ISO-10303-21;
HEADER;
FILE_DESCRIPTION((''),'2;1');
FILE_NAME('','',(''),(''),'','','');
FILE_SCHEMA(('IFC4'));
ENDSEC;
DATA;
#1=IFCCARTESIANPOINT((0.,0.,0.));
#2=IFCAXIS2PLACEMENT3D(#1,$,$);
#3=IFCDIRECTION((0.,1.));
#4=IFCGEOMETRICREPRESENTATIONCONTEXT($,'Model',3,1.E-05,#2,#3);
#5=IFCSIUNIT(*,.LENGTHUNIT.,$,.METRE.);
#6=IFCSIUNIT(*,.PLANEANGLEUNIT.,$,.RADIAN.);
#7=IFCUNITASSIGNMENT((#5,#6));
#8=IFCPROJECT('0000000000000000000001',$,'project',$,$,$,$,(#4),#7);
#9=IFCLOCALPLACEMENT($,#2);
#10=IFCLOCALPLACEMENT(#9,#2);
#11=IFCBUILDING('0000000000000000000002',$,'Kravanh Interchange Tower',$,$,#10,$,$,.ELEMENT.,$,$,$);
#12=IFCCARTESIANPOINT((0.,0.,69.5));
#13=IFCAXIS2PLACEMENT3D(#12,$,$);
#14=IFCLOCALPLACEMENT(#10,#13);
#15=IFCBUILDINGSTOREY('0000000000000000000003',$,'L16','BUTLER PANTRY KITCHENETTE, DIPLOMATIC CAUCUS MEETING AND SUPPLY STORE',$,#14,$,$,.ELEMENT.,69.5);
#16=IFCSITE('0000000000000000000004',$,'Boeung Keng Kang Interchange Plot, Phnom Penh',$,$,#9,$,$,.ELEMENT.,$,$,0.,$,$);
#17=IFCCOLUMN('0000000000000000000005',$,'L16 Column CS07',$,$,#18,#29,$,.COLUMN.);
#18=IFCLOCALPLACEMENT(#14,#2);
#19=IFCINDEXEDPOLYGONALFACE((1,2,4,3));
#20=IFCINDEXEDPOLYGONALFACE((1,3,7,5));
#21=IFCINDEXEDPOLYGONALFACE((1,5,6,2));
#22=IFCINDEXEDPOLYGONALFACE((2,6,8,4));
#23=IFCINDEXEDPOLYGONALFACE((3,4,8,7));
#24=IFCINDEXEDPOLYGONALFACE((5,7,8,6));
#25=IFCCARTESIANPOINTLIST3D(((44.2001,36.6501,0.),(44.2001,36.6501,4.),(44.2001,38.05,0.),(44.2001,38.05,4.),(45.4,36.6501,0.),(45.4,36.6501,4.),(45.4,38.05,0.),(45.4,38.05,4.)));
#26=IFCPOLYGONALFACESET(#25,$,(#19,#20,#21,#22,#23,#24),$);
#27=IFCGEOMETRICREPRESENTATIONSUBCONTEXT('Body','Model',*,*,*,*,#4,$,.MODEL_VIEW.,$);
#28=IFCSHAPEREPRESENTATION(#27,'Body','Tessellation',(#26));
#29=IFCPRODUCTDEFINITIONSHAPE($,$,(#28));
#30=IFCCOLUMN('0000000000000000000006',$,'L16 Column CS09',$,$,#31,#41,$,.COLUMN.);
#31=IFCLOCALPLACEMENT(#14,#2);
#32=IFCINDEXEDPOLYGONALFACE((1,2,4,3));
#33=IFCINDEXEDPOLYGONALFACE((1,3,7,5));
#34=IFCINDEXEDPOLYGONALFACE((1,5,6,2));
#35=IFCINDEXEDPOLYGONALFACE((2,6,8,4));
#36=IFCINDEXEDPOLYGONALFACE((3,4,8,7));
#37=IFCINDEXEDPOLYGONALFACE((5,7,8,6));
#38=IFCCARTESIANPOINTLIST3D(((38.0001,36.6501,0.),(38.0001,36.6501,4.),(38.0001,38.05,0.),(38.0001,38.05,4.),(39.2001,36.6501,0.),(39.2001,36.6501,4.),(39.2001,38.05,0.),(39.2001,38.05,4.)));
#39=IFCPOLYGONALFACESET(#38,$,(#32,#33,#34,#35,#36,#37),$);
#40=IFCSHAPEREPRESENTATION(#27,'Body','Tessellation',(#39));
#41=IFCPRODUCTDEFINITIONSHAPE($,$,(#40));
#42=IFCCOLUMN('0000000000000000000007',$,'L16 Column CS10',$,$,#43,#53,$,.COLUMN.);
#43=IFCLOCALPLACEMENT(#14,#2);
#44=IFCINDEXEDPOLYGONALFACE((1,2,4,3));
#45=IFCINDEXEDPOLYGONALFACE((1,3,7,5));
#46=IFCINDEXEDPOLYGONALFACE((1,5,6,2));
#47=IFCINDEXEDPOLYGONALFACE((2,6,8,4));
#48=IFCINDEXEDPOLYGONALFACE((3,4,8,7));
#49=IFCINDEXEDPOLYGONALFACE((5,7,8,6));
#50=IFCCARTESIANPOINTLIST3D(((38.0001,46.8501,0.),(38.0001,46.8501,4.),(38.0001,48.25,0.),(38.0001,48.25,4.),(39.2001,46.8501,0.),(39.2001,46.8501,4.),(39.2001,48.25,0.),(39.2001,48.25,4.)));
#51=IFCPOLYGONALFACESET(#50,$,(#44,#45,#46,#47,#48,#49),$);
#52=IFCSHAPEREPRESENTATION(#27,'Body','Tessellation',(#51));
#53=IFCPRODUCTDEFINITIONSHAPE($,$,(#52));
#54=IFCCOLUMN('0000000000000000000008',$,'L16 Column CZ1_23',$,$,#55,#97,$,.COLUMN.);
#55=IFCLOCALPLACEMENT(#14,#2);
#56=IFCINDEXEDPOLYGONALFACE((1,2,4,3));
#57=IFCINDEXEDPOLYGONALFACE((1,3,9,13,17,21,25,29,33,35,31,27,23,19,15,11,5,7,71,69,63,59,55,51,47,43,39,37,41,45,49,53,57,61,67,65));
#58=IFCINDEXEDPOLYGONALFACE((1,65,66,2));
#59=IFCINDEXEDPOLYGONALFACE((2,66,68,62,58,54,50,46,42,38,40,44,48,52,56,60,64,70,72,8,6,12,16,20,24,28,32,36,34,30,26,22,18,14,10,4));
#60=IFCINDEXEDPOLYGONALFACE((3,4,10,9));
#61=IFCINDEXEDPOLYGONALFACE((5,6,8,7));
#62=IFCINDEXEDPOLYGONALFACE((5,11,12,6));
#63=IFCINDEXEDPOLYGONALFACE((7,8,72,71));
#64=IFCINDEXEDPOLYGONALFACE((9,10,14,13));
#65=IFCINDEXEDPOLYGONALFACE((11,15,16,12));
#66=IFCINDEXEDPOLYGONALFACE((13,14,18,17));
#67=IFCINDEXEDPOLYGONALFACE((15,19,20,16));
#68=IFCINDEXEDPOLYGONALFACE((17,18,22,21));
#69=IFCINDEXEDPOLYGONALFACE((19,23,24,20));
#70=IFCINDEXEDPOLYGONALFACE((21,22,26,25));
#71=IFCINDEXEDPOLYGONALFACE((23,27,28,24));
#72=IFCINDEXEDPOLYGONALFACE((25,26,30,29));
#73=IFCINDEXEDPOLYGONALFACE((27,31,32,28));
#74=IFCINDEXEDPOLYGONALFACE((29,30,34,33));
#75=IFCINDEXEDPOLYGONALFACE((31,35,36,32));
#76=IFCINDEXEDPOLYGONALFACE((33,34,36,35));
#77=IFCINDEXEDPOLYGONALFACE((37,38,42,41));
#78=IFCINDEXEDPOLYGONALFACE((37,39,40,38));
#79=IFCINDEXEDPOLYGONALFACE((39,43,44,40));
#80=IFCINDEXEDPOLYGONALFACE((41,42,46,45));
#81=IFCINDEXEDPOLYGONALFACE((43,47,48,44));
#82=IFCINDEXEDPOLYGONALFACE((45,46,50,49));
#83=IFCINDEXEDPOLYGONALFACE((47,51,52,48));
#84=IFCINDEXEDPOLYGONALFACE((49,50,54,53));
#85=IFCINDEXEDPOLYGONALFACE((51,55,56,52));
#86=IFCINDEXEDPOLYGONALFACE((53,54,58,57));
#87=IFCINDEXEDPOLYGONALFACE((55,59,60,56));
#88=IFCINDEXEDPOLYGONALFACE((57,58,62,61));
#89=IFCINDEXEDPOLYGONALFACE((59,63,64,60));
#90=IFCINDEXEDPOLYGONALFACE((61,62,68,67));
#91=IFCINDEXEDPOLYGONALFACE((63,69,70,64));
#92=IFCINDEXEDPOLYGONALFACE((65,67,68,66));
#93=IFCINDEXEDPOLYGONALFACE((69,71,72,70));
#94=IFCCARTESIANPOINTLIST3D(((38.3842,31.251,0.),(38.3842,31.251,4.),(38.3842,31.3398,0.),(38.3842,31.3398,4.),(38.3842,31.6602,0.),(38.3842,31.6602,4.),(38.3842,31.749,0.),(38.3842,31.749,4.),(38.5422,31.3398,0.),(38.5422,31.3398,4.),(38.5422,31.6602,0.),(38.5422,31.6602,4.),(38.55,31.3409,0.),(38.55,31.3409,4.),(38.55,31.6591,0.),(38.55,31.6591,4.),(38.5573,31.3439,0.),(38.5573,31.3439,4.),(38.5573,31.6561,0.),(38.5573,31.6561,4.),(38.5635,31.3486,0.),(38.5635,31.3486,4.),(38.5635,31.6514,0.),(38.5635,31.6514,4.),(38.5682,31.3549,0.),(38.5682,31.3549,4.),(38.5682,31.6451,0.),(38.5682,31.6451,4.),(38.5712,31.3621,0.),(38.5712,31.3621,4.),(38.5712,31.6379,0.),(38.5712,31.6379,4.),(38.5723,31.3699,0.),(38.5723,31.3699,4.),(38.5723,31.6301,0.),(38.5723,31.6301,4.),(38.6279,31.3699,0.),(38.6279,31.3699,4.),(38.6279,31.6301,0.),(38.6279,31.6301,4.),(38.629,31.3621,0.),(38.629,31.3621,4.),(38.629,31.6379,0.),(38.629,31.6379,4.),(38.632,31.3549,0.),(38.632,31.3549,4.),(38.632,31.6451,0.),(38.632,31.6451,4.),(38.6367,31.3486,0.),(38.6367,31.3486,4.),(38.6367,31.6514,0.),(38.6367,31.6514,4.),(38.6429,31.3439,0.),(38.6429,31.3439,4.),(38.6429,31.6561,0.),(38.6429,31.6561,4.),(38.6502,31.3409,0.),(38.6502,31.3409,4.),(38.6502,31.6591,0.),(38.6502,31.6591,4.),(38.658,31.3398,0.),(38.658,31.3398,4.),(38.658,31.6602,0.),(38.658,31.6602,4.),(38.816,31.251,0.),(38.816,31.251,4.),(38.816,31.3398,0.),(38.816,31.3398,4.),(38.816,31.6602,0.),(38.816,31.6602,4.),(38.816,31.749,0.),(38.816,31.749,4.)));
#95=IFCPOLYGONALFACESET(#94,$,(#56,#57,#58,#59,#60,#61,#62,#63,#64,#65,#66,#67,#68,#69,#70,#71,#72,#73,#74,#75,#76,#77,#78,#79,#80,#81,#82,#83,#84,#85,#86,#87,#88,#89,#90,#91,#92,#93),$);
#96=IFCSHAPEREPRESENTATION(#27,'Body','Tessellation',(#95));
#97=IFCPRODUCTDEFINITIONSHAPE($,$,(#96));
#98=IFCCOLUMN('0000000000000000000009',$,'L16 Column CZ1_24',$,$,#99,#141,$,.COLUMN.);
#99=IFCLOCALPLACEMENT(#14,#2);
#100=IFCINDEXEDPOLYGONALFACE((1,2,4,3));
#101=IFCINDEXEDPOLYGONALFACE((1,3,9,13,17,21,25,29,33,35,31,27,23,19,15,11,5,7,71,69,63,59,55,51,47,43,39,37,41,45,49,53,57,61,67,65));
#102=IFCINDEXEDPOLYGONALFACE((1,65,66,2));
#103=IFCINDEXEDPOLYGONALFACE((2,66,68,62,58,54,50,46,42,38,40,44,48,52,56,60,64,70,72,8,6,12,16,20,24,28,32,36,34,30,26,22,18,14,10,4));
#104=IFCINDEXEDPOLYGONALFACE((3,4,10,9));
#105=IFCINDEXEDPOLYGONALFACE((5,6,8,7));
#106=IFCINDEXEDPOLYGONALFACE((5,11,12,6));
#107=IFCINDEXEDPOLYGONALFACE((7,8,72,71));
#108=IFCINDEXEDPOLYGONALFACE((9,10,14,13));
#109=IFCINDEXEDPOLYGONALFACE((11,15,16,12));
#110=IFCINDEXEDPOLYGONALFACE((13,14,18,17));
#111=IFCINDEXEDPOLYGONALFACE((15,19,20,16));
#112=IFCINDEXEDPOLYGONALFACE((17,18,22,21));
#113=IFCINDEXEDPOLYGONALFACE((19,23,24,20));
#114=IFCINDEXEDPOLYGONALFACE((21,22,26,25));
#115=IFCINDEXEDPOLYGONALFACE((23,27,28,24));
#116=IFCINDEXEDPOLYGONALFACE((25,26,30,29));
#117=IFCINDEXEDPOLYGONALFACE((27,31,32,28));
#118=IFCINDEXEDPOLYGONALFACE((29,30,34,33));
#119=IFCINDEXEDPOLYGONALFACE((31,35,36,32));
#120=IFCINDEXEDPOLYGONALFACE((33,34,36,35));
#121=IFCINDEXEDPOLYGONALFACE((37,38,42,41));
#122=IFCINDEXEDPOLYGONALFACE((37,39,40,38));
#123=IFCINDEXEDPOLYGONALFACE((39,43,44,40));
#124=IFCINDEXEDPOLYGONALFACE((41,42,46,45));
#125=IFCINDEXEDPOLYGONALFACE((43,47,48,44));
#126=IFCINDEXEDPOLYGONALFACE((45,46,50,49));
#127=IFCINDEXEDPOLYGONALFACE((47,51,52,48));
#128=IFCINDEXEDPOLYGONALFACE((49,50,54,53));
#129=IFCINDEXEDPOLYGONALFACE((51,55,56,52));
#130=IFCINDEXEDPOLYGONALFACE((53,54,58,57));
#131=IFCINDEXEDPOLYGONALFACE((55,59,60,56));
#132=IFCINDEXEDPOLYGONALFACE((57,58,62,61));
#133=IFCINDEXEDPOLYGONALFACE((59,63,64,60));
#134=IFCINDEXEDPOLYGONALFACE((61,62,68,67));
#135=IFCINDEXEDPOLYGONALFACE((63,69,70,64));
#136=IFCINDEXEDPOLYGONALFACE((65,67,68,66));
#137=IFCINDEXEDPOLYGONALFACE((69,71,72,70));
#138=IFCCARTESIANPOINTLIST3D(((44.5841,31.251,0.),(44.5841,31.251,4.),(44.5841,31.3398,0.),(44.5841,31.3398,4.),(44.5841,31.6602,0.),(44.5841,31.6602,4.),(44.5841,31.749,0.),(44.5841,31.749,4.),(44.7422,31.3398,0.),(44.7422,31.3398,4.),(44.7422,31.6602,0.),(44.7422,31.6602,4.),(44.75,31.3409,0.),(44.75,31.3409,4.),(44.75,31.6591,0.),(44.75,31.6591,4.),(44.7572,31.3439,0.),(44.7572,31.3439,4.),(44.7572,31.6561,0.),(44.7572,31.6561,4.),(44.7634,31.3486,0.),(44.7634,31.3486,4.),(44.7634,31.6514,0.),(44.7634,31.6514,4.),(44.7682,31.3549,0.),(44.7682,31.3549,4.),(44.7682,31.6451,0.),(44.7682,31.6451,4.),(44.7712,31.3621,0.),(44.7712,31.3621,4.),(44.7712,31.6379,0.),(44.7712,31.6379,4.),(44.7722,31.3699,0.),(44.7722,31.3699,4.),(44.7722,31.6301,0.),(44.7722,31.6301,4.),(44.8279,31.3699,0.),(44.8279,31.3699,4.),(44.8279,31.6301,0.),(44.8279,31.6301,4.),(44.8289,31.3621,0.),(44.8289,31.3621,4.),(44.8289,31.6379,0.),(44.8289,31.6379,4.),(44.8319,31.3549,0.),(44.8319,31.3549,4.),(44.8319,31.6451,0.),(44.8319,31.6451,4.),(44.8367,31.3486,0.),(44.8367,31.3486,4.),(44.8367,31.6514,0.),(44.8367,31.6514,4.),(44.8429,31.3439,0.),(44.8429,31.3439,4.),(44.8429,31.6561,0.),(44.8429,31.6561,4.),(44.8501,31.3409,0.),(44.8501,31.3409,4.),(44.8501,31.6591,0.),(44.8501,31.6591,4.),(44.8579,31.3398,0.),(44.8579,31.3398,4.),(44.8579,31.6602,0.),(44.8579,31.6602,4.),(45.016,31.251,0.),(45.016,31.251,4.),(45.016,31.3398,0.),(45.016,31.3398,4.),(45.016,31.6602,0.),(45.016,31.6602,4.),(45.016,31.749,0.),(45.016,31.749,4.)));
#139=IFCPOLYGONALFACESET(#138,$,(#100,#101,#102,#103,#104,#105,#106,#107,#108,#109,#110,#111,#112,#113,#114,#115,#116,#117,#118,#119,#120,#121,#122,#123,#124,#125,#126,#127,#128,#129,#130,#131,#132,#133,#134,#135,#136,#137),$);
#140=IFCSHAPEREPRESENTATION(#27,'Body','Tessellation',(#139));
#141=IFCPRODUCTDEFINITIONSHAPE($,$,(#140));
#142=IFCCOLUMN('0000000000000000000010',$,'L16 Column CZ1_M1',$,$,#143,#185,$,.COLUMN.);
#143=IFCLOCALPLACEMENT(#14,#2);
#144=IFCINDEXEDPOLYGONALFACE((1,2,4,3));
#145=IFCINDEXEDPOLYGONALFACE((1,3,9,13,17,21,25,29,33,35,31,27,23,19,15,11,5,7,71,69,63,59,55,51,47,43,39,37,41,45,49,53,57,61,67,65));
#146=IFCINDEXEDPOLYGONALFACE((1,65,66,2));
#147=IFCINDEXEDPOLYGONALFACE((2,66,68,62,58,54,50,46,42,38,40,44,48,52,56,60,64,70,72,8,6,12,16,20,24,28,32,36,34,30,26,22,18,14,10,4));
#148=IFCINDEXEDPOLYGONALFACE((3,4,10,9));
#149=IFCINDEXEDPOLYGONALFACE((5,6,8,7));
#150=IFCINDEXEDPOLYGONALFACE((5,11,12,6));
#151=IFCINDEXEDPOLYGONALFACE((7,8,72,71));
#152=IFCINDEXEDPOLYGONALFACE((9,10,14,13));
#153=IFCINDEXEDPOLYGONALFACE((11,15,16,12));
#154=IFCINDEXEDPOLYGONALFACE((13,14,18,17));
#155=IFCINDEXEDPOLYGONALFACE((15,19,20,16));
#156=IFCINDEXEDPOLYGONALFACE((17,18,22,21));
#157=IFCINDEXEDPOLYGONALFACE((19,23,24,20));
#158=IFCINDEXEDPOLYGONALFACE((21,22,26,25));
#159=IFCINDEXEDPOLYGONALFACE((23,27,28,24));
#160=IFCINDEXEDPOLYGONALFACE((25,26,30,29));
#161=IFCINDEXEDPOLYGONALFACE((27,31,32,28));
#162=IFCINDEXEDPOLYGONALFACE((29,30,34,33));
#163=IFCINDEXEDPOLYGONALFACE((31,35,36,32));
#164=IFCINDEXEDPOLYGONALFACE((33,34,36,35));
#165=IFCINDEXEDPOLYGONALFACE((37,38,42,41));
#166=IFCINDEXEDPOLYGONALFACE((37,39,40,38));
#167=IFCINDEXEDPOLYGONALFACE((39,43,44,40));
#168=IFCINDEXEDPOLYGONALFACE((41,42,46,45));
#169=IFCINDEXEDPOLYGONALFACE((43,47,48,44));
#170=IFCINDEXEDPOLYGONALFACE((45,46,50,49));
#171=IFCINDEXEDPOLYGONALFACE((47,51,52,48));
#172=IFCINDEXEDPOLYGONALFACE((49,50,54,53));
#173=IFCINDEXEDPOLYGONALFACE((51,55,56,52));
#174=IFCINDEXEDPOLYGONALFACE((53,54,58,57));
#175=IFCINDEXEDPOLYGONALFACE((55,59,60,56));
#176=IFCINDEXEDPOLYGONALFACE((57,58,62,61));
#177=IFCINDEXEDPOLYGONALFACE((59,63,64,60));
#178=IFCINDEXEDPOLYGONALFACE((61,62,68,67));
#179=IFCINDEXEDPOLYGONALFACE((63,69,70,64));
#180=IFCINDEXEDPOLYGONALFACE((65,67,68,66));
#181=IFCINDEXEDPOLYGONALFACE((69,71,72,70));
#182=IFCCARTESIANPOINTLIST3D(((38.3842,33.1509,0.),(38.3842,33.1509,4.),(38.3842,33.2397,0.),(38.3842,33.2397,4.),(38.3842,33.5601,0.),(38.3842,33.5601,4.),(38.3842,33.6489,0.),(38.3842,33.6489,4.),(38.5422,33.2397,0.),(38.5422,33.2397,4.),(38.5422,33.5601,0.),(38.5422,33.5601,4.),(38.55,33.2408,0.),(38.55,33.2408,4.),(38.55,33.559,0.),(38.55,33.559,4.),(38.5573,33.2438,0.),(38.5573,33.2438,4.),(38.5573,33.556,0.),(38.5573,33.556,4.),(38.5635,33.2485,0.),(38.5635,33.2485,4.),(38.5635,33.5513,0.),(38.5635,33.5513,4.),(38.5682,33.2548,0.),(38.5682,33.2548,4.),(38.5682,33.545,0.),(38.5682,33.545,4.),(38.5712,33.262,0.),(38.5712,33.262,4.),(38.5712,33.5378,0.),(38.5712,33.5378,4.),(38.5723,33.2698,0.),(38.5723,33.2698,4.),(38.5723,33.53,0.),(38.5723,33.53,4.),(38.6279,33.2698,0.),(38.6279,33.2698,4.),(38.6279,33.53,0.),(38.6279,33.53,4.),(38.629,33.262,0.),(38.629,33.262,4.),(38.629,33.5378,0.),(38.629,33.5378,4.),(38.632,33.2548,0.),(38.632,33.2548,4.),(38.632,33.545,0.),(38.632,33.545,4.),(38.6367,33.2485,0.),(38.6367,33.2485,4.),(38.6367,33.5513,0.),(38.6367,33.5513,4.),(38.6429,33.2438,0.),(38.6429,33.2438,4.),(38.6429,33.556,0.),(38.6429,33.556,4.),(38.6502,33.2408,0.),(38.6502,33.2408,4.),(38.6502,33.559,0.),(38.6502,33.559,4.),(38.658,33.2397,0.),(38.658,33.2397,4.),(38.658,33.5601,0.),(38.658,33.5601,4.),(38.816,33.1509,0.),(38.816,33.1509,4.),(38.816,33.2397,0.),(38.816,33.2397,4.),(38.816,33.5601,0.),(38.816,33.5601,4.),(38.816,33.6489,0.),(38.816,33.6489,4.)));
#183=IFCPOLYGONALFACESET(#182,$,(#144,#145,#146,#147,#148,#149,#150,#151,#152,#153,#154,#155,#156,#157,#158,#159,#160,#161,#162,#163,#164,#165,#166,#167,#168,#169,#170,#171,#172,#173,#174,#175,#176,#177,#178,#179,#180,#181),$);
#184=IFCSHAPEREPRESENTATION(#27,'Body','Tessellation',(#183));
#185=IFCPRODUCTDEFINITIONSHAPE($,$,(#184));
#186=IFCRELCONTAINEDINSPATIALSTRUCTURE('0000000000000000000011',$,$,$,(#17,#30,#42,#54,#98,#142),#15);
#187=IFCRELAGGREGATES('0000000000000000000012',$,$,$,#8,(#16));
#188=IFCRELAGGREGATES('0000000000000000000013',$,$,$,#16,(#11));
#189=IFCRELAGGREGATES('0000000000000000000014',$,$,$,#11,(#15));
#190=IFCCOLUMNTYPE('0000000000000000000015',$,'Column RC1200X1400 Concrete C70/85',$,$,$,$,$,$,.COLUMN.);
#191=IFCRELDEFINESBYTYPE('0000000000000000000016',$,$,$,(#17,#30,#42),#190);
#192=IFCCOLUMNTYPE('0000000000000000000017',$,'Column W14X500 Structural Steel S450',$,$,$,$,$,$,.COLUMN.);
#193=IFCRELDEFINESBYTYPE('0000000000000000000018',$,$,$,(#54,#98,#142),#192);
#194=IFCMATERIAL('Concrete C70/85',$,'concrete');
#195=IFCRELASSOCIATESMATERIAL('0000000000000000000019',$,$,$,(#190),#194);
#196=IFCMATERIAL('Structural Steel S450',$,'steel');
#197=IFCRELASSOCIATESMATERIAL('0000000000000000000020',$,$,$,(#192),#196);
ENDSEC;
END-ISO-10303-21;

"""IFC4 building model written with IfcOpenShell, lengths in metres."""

from ifc_helpers import new_model, si_unit, direction, frame, origin, origin_2d, place, context, subcontext, project, spatial, rectangle, i_section, extrude, material, material_profile, profile_set, type_object, element, save


model = new_model("IFC4")

# Units and contexts
model_context = context("Model", 3, precision=1e-05, world=origin(), true_north=direction((0.0, 1.0)))
body_context = subcontext(model_context, "Body", "Model", "MODEL_VIEW")
ifc_project = project(units=[si_unit("LENGTHUNIT", "METRE"), si_unit("PLANEANGLEUNIT", "RADIAN")], contexts=[model_context])

# Site, building, storey
site_placement = place(None, origin())
site = spatial("IfcSite", under=ifc_project, at=site_placement, Name="Boeung Keng Kang Interchange Plot, Phnom Penh", CompositionType="ELEMENT", RefElevation=0.0)
building_placement = place(site_placement, origin())
building = spatial("IfcBuilding", under=site, at=building_placement, Name="Kravanh Interchange Tower", CompositionType="ELEMENT")
storey_placement = place(building_placement, frame((0.0, 0.0, 69.5)))
storey = spatial("IfcBuildingStorey", under=building, at=storey_placement, Name="L16", Description="BUTLER PANTRY KITCHENETTE, DIPLOMATIC CAUCUS MEETING AND SUPPLY STORE", CompositionType="ELEMENT", Elevation=69.5)

# Columns
ifc_material_1 = material(Name="Concrete C70/85", Category="concrete")
ifc_material_profile_1 = material_profile(ifc_material_1, rectangle(XDim=1.2, YDim=1.3999, at=origin_2d()), Name="RC1200X1400")
ifc_profile_set_1 = profile_set([ifc_material_profile_1], Name="Concrete C70/85")
column_type_1 = type_object("IfcColumnType", Name="Column RC1200X1400 Concrete C70/85", PredefinedType="COLUMN", material=ifc_profile_set_1)
for number, where, z_axis, x_axis, name in (
    (1, (44.8, 37.3501, 0.0), (0.0, 0.0, 1.0), (1.0, 0.0, 0.0), "L16 Column CS07"),
    (2, (38.6001, 37.3501, 0.0), (0.0, 0.0, 1.0), (1.0, 0.0, 0.0), "L16 Column CS09"),
    (3, (38.6001, 47.55, 0.0), (0.0, 0.0, 1.0), (1.0, 0.0, 0.0), "L16 Column CS10"),
):
    element("IfcColumn", number, at=place(storey_placement, frame(where, z_axis=z_axis, x_axis=x_axis)), inside=storey, type_object=column_type_1, Name=name, PredefinedType="COLUMN", context=body_context, shape_type="SweptSolid", body=[
        extrude(rectangle(XDim=1.2, YDim=1.3999, at=origin_2d()), origin(), (0.0, 0.0, 1.0), 4.0),
    ])
ifc_material_2 = material(Name="Structural Steel S450", Category="steel")
ifc_material_profile_2 = material_profile(ifc_material_2, i_section(OverallWidth=0.4319, OverallDepth=0.498, WebThickness=0.0557, FlangeThickness=0.0889, FilletRadius=0.03, at=origin_2d()), Name="W14X500")
ifc_profile_set_2 = profile_set([ifc_material_profile_2], Name="Structural Steel S450")
column_type_2 = type_object("IfcColumnType", Name="Column W14X500 Structural Steel S450", PredefinedType="COLUMN", material=ifc_profile_set_2)
for number, where, z_axis, x_axis, name in (
    (4, (38.6001, 31.5, 0.0), (0.0, 0.0, 1.0), (1.0, 0.0, 0.0), "L16 Column CZ1_23"),
    (5, (44.8, 31.5, 0.0), (0.0, 0.0, 1.0), (1.0, 0.0, 0.0), "L16 Column CZ1_24"),
    (6, (38.6001, 33.3999, 0.0), (0.0, 0.0, 1.0), (1.0, 0.0, 0.0), "L16 Column CZ1_M1"),
):
    element("IfcColumn", number, at=place(storey_placement, frame(where, z_axis=z_axis, x_axis=x_axis)), inside=storey, type_object=column_type_2, Name=name, PredefinedType="COLUMN", context=body_context, shape_type="SweptSolid", body=[
        extrude(i_section(OverallWidth=0.4319, OverallDepth=0.498, WebThickness=0.0557, FlangeThickness=0.0889, FilletRadius=0.03, at=origin_2d()), origin(), (0.0, 0.0, 1.0), 4.0),
    ])

save(model, "model.ifc")
